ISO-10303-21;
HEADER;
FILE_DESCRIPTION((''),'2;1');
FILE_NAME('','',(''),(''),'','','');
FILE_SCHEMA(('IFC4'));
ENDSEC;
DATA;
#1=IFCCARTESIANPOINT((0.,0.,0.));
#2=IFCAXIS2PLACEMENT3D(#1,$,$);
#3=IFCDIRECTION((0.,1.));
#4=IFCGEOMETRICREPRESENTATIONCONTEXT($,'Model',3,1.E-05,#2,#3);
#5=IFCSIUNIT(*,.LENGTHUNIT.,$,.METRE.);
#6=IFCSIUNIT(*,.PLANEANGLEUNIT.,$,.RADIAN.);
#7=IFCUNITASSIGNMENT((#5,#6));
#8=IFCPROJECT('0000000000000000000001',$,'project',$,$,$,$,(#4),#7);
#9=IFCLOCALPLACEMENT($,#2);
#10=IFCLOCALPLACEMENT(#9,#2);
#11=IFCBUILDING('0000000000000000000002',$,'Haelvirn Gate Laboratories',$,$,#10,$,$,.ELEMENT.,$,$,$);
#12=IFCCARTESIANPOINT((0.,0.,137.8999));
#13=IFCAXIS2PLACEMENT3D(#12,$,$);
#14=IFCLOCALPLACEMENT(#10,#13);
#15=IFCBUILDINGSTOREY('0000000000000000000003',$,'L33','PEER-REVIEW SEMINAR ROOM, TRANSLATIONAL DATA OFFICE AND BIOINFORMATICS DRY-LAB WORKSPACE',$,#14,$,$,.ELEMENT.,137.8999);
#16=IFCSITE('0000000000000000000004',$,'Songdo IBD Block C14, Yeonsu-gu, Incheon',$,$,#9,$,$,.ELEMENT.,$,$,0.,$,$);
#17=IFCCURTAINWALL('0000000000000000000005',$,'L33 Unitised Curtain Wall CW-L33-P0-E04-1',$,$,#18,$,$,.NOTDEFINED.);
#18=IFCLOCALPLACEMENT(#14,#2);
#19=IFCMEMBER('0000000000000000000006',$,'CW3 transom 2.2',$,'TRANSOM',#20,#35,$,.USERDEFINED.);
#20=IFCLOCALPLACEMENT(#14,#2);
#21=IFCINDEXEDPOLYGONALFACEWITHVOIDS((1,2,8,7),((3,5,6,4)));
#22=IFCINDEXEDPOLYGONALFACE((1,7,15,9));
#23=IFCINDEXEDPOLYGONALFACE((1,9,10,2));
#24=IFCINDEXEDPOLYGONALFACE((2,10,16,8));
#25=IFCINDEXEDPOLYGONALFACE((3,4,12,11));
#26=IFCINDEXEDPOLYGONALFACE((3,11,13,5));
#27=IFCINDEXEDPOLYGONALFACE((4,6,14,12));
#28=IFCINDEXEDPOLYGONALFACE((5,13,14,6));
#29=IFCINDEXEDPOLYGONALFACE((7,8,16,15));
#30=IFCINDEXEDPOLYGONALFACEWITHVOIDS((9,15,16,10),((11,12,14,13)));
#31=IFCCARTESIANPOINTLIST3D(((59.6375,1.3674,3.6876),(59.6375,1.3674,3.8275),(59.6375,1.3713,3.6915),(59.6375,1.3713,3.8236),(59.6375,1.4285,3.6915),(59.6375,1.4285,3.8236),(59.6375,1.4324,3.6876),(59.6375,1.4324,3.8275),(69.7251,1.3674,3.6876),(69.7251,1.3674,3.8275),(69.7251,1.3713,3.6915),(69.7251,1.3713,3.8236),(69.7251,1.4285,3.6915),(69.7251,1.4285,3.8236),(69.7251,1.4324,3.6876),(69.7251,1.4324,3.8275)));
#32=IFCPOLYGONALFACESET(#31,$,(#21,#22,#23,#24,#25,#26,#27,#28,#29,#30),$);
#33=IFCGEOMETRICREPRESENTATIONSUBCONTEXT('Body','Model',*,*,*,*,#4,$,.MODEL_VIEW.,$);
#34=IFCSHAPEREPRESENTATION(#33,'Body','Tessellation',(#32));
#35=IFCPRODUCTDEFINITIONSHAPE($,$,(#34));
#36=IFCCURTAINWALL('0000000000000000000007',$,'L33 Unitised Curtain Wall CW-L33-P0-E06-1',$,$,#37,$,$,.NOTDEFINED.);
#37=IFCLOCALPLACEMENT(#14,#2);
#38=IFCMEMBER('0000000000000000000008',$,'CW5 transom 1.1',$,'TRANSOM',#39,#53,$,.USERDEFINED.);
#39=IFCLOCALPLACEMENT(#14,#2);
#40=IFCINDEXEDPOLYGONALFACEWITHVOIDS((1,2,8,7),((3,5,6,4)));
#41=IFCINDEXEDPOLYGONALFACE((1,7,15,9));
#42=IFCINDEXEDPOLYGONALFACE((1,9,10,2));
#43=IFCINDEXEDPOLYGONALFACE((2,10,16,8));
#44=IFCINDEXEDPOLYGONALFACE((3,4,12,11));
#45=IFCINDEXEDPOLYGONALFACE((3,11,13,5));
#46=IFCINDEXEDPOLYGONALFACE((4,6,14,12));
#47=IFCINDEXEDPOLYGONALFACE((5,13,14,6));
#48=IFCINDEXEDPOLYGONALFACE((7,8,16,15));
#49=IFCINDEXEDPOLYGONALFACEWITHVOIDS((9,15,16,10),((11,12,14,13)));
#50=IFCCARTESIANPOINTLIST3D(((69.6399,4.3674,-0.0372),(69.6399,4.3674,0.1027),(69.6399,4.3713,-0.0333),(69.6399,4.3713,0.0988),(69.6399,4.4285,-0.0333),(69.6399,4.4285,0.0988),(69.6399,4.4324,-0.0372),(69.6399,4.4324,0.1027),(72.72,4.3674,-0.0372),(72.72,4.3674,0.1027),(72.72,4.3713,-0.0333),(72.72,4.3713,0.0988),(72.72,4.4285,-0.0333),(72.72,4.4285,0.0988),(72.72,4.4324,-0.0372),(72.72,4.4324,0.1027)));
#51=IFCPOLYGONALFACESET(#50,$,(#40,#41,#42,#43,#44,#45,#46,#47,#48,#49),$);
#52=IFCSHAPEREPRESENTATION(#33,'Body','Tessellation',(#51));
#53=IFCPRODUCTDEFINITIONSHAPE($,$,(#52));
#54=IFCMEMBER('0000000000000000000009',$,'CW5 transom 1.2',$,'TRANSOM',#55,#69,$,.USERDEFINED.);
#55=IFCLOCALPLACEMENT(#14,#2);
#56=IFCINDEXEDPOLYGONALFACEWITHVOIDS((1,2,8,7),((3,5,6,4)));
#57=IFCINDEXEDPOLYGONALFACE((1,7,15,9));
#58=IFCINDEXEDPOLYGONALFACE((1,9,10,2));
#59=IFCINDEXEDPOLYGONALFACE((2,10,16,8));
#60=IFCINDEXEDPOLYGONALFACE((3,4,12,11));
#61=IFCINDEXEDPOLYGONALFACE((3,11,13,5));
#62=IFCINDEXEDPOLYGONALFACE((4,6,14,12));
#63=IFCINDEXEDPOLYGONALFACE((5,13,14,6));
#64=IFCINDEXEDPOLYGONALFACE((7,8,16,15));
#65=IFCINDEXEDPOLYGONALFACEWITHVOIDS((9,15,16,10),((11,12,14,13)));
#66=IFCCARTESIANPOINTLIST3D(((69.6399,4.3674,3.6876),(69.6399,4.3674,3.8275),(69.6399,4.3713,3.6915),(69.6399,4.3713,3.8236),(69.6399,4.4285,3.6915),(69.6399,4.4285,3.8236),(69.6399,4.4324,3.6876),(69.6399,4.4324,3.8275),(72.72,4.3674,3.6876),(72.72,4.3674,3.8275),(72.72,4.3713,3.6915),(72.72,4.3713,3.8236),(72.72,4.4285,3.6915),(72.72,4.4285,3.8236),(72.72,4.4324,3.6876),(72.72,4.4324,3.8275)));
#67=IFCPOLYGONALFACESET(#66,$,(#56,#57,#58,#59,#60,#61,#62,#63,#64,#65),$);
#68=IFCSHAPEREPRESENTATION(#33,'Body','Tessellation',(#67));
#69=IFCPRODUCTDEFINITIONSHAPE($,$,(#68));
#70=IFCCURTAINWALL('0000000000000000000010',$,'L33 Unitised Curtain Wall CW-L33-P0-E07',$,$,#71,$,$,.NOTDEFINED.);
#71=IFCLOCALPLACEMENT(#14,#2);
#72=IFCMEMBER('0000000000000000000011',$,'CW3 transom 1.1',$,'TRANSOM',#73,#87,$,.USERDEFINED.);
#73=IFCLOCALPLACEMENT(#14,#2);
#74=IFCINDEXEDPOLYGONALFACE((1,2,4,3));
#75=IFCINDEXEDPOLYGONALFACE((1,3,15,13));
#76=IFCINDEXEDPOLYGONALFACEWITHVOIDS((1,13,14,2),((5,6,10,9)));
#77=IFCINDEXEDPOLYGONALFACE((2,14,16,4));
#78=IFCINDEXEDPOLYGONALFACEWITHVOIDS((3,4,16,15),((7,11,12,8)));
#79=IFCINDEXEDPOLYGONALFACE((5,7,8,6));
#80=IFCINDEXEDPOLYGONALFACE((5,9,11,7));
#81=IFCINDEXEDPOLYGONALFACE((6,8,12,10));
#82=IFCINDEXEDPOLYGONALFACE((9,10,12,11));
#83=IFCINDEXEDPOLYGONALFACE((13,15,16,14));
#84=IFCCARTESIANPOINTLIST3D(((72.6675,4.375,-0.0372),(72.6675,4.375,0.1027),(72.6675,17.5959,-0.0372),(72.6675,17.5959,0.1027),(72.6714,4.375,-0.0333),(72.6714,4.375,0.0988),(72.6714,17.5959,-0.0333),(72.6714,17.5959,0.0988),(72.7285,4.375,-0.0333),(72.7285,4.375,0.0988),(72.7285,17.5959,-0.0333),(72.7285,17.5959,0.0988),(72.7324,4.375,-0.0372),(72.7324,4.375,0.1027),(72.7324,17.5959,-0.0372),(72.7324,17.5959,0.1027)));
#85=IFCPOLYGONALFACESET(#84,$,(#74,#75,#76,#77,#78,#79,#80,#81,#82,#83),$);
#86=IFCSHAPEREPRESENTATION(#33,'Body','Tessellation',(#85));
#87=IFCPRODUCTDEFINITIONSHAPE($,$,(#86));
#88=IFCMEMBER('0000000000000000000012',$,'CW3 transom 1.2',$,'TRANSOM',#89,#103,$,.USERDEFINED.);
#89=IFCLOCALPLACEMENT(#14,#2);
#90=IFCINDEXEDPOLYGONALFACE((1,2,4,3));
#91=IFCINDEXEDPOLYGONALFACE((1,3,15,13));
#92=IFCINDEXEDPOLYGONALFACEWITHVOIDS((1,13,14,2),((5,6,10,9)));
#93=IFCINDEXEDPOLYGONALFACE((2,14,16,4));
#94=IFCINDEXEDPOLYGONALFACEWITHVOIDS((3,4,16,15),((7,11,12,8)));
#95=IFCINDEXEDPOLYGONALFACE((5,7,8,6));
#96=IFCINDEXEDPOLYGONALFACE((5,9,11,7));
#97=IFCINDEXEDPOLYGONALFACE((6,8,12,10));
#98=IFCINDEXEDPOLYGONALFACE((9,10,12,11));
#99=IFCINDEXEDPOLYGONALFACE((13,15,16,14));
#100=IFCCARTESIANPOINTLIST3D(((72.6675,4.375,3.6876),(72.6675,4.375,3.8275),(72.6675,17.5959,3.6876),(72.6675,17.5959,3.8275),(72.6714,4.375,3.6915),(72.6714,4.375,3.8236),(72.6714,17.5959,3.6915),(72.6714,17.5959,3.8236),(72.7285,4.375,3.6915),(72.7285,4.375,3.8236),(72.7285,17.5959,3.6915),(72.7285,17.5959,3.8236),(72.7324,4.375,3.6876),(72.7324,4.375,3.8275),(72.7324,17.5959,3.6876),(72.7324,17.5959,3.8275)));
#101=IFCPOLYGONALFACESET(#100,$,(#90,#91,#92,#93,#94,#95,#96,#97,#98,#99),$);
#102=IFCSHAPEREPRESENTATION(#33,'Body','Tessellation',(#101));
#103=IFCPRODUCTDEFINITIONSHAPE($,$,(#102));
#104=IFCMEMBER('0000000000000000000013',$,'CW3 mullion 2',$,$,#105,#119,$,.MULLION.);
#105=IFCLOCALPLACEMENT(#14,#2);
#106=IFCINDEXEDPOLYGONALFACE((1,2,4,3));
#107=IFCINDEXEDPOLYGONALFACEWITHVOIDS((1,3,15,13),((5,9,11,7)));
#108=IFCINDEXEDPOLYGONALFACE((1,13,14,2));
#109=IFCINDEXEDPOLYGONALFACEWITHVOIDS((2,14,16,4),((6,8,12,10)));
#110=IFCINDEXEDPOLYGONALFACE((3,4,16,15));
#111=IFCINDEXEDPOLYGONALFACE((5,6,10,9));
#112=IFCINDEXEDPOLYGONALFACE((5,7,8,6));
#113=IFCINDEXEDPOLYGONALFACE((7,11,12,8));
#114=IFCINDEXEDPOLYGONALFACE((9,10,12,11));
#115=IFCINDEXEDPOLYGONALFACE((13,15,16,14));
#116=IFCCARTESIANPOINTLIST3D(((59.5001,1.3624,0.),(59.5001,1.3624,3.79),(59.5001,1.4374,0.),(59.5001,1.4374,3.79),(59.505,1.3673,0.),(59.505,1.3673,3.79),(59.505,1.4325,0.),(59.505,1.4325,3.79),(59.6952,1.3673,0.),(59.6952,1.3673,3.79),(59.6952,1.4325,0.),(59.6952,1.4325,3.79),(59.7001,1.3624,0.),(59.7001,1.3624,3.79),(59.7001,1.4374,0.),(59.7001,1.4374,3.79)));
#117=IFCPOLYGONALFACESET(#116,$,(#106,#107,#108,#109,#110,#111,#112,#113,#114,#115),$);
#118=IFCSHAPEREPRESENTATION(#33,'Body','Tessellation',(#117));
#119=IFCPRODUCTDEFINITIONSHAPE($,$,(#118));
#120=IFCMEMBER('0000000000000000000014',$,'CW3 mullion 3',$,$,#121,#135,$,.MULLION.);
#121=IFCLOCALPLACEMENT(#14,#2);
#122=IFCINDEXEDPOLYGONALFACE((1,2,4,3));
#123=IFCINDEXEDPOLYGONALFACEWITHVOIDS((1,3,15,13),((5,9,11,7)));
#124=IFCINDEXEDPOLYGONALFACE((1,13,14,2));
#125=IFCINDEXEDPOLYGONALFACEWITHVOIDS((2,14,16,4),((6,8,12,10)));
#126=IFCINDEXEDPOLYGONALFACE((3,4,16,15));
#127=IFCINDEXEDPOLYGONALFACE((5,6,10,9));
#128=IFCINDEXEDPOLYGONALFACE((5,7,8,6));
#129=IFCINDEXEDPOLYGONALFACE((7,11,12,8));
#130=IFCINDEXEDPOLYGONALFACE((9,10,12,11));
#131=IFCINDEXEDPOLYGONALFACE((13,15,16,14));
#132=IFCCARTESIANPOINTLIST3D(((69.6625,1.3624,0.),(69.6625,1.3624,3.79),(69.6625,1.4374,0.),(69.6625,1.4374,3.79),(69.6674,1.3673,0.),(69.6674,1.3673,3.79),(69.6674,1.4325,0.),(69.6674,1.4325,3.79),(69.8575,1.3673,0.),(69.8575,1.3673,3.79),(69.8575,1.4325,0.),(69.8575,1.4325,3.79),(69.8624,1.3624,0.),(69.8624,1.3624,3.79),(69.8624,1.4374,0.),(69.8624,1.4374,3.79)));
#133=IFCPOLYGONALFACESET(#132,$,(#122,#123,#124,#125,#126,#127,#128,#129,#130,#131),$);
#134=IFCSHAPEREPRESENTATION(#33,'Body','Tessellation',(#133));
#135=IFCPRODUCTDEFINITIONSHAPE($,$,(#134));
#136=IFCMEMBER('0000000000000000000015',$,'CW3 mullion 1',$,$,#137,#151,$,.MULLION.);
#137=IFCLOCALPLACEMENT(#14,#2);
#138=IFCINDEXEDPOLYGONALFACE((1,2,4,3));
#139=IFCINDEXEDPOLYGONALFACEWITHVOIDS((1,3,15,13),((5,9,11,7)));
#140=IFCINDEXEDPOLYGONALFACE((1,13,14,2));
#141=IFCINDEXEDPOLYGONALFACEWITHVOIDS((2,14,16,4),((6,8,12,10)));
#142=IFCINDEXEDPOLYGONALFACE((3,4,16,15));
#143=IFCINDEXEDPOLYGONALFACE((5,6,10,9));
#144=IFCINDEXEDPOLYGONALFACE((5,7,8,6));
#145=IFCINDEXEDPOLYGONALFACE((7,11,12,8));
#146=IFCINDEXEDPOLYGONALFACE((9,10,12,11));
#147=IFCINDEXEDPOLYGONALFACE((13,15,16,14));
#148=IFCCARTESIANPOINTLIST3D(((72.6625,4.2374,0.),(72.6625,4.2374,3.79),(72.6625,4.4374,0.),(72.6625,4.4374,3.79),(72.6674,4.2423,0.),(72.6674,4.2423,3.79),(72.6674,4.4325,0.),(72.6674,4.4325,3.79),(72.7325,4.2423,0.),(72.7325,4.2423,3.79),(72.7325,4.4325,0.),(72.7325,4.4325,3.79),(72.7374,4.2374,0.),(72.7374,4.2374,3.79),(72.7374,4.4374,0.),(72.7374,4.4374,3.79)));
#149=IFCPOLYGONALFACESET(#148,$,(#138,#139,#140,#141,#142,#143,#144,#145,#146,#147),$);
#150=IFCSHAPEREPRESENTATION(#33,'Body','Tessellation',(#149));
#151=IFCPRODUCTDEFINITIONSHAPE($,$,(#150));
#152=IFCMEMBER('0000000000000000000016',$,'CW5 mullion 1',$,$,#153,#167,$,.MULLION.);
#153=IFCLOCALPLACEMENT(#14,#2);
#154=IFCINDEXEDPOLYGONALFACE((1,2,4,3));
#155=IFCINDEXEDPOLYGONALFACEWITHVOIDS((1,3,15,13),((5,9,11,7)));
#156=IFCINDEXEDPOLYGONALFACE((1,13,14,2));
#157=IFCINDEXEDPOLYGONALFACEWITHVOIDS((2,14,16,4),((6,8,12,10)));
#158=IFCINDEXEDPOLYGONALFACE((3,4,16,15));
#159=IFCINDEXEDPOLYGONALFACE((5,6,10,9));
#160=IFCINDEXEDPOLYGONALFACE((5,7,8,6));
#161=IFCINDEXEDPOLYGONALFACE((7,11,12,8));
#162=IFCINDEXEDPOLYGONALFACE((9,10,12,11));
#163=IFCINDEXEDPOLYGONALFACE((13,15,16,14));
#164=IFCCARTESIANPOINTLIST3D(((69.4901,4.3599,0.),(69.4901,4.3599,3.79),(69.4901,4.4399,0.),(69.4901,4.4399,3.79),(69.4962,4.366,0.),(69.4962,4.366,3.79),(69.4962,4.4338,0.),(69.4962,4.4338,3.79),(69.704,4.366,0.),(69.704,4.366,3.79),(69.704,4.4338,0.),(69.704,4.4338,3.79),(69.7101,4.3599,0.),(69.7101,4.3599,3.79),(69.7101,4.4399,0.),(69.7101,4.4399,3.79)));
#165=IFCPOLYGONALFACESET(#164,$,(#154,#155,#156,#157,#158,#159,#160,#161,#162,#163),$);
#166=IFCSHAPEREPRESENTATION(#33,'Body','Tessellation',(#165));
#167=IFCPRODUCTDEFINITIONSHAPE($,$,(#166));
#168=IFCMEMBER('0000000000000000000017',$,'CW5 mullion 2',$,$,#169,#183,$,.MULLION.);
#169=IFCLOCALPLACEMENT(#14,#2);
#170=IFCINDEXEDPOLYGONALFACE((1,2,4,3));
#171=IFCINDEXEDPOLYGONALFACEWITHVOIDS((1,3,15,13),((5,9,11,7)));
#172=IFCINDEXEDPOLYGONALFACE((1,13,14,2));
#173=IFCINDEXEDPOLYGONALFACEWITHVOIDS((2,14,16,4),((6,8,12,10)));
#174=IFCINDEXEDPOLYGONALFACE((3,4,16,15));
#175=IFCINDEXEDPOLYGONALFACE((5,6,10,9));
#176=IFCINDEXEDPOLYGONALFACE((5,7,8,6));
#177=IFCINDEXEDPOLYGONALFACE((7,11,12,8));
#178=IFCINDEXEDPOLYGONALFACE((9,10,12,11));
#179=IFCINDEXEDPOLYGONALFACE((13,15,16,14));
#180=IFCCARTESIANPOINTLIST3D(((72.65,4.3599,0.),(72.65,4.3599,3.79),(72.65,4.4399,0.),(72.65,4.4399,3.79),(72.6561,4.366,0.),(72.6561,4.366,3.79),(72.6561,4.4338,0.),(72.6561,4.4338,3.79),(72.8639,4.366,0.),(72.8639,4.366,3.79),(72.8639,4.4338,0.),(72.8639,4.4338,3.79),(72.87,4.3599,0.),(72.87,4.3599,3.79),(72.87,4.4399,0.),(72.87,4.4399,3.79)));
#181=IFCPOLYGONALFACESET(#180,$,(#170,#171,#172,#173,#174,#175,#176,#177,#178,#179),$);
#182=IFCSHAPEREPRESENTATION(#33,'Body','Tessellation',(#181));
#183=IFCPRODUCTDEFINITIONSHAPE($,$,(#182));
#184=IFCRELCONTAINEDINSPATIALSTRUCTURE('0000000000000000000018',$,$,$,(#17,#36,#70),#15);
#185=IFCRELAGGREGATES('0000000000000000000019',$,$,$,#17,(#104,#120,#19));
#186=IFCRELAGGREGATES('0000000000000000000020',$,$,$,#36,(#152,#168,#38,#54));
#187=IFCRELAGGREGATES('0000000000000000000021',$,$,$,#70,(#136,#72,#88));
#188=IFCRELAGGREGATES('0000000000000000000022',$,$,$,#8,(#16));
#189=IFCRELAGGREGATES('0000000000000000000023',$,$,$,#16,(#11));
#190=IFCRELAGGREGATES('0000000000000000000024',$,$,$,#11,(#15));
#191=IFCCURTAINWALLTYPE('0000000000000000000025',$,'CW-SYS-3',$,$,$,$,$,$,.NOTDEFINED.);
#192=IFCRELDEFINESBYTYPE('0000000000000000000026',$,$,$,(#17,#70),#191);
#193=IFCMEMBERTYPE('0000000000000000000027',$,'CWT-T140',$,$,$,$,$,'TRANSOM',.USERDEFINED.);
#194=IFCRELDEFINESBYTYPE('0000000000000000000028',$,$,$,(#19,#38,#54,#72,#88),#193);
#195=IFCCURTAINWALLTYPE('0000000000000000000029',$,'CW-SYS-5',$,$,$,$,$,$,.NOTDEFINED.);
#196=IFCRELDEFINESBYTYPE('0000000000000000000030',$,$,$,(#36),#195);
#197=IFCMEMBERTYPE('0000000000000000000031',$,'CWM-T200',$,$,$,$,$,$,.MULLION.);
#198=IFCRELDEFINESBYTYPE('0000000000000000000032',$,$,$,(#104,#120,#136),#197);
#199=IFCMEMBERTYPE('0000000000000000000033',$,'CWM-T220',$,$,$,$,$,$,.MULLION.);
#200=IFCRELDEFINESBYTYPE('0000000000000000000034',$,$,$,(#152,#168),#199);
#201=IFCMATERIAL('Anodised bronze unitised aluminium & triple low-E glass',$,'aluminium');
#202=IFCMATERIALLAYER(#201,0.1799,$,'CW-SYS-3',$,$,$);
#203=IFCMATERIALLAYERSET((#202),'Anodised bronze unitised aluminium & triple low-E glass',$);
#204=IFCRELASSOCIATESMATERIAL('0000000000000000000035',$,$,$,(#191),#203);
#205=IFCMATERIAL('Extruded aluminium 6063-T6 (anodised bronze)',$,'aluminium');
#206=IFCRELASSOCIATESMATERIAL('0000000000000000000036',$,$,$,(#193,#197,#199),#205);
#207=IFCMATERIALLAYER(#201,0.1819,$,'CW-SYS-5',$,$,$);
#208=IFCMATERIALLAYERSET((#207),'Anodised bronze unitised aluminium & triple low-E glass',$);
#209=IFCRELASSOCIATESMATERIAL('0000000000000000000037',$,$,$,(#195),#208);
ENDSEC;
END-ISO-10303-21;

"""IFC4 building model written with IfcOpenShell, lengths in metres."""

from ifc_helpers import new_model, si_unit, direction, frame, origin, origin_2d, place, context, subcontext, project, spatial, hollow_rectangle, extrude, source, transform, mapped, material, layer, layer_set, material_profile, profile_set, type_object, type_shapes, element, aggregate, save


model = new_model("IFC4")

# Units and contexts
model_context = context("Model", 3, precision=1e-05, world=origin(), true_north=direction((0.0, 1.0)))
body_context = subcontext(model_context, "Body", "Model", "MODEL_VIEW")
ifc_project = project(units=[si_unit("LENGTHUNIT", "METRE"), si_unit("PLANEANGLEUNIT", "RADIAN")], contexts=[model_context])

# Site, building, storey
site_placement = place(None, origin())
site = spatial("IfcSite", under=ifc_project, at=site_placement, Name="Songdo IBD Block C14, Yeonsu-gu, Incheon", CompositionType="ELEMENT", RefElevation=0.0)
building_placement = place(site_placement, origin())
building = spatial("IfcBuilding", under=site, at=building_placement, Name="Haelvirn Gate Laboratories", CompositionType="ELEMENT")
storey_placement = place(building_placement, frame((0.0, 0.0, 137.8999)))
storey = spatial("IfcBuildingStorey", under=building, at=storey_placement, Name="L33", Description="PEER-REVIEW SEMINAR ROOM, TRANSLATIONAL DATA OFFICE AND BIOINFORMATICS DRY-LAB WORKSPACE", CompositionType="ELEMENT", Elevation=137.8999)

# Curtain walls, members
ifc_material_1 = material(Name="Anodised bronze unitised aluminium & triple low-E glass", Category="aluminium")
ifc_layer_1 = layer(ifc_material_1, 0.1799, Name="CW-SYS-3")
ifc_layer_set_1 = layer_set([ifc_layer_1], Name="Anodised bronze unitised aluminium & triple low-E glass")
curtain_wall_type_1 = type_object("IfcCurtainWallType", Name="CW-SYS-3", PredefinedType="NOTDEFINED", material=ifc_layer_set_1)
curtain_wall_1_placement = place(storey_placement, origin())
curtain_wall_1 = element("IfcCurtainWall", 1, at=curtain_wall_1_placement, inside=storey, type_object=curtain_wall_type_1, Name="L33 Unitised Curtain Wall CW-L33-P0-E04-1", PredefinedType="NOTDEFINED")
ifc_material_2 = material(Name="Extruded aluminium 6063-T6 (anodised bronze)", Category="aluminium")
ifc_material_profile_1 = material_profile(ifc_material_2, hollow_rectangle(XDim=0.0649, YDim=0.1399, WallThickness=0.0039, at=origin_2d()), Name="CWT-140x65x4")
ifc_profile_set_1 = profile_set([ifc_material_profile_1], Name="Extruded aluminium 6063-T6 (anodised bronze)")
member_type_1 = type_object("IfcMemberType", Name="CWT-T140", ElementType="TRANSOM", PredefinedType="USERDEFINED", material=ifc_profile_set_1)
shared_shape_1 = source(origin(), body_context, "Body", "SweptSolid", [
    extrude(hollow_rectangle(XDim=0.0649, YDim=0.1399, WallThickness=0.0039, at=origin_2d()), origin(), (0.0, 0.0, 1.0), 10.0876),
])
member_1_placement = place(storey_placement, frame((59.6375, 1.3999, 3.7576), z_axis=(1.0, 0.0, 0.0), x_axis=(0.0, 1.0, 0.0)))
member_1 = element("IfcMember", 2, at=member_1_placement, type_object=member_type_1, Name="CW3 transom 2.2", ObjectType="TRANSOM", PredefinedType="USERDEFINED", context=body_context, shape_type="MappedRepresentation", body=[
    mapped(shared_shape_1, transform((0.0, 0.0, 0.0), scale=1.0)),
])
ifc_layer_2 = layer(ifc_material_1, 0.1819, Name="CW-SYS-5")
ifc_layer_set_2 = layer_set([ifc_layer_2], Name="Anodised bronze unitised aluminium & triple low-E glass")
curtain_wall_type_2 = type_object("IfcCurtainWallType", Name="CW-SYS-5", PredefinedType="NOTDEFINED", material=ifc_layer_set_2)
curtain_wall_2_placement = place(storey_placement, origin())
curtain_wall_2 = element("IfcCurtainWall", 3, at=curtain_wall_2_placement, inside=storey, type_object=curtain_wall_type_2, Name="L33 Unitised Curtain Wall CW-L33-P0-E06-1", PredefinedType="NOTDEFINED")
shared_shape_2 = source(origin(), body_context, "Body", "SweptSolid", [
    extrude(hollow_rectangle(XDim=0.0649, YDim=0.1399, WallThickness=0.0039, at=origin_2d()), origin(), (0.0, 0.0, 1.0), 3.0801),
])
member_2_placement = place(storey_placement, frame((69.6399, 4.3999, 0.0327), z_axis=(1.0, 0.0, 0.0), x_axis=(0.0, 1.0, 0.0)))
member_2 = element("IfcMember", 4, at=member_2_placement, type_object=member_type_1, Name="CW5 transom 1.1", ObjectType="TRANSOM", PredefinedType="USERDEFINED", context=body_context, shape_type="MappedRepresentation", body=[
    mapped(shared_shape_2, transform((0.0, 0.0, 0.0), scale=1.0)),
])
member_3_placement = place(storey_placement, frame((69.6399, 4.3999, 3.7576), z_axis=(1.0, 0.0, 0.0), x_axis=(0.0, 1.0, 0.0)))
member_3 = element("IfcMember", 5, at=member_3_placement, type_object=member_type_1, Name="CW5 transom 1.2", ObjectType="TRANSOM", PredefinedType="USERDEFINED", context=body_context, shape_type="MappedRepresentation", body=[
    mapped(shared_shape_2, transform((0.0, 0.0, 0.0), scale=1.0)),
])
curtain_wall_3_placement = place(storey_placement, origin())
curtain_wall_3 = element("IfcCurtainWall", 6, at=curtain_wall_3_placement, inside=storey, type_object=curtain_wall_type_1, Name="L33 Unitised Curtain Wall CW-L33-P0-E07", PredefinedType="NOTDEFINED")
shared_shape_3 = source(origin(), body_context, "Body", "SweptSolid", [
    extrude(hollow_rectangle(XDim=0.0649, YDim=0.1399, WallThickness=0.0039, at=origin_2d()), origin(), (0.0, 0.0, 1.0), 13.2209),
])
type_shapes(member_type_1, [shared_shape_1, shared_shape_2, shared_shape_3])
member_4_placement = place(storey_placement, frame((72.7, 4.375, 0.0327), z_axis=(0.0, 1.0, 0.0), x_axis=(-1.0, 0.0, 0.0)))
member_4 = element("IfcMember", 7, at=member_4_placement, type_object=member_type_1, Name="CW3 transom 1.1", ObjectType="TRANSOM", PredefinedType="USERDEFINED", context=body_context, shape_type="MappedRepresentation", body=[
    mapped(shared_shape_3, transform((0.0, 0.0, 0.0), scale=1.0)),
])
member_5_placement = place(storey_placement, frame((72.7, 4.375, 3.7576), z_axis=(0.0, 1.0, 0.0), x_axis=(-1.0, 0.0, 0.0)))
member_5 = element("IfcMember", 8, at=member_5_placement, type_object=member_type_1, Name="CW3 transom 1.2", ObjectType="TRANSOM", PredefinedType="USERDEFINED", context=body_context, shape_type="MappedRepresentation", body=[
    mapped(shared_shape_3, transform((0.0, 0.0, 0.0), scale=1.0)),
])

# Members
ifc_material_profile_2 = material_profile(ifc_material_2, hollow_rectangle(XDim=0.075, YDim=0.2, WallThickness=0.0049, at=origin_2d()), Name="CWM-200x75x5")
ifc_profile_set_2 = profile_set([ifc_material_profile_2], Name="Extruded aluminium 6063-T6 (anodised bronze)")
member_type_2 = type_object("IfcMemberType", Name="CWM-T200", PredefinedType="MULLION", material=ifc_profile_set_2)
shared_shape_4 = source(origin(), body_context, "Body", "SweptSolid", [
    extrude(hollow_rectangle(XDim=0.075, YDim=0.2, WallThickness=0.0049, at=origin_2d()), origin(), (0.0, 0.0, 1.0), 3.79),
])
type_shapes(member_type_2, [shared_shape_4])
member_6_placement = place(storey_placement, frame((59.6001, 1.3999, 0.0), z_axis=(0.0, 0.0, 1.0), x_axis=(0.0, 1.0, 0.0)))
member_6 = element("IfcMember", 9, at=member_6_placement, type_object=member_type_2, Name="CW3 mullion 2", PredefinedType="MULLION", context=body_context, shape_type="MappedRepresentation", body=[
    mapped(shared_shape_4, transform((0.0, 0.0, 0.0), scale=1.0)),
])
member_7_placement = place(storey_placement, frame((69.7625, 1.3999, 0.0), z_axis=(0.0, 0.0, 1.0), x_axis=(0.0, 1.0, 0.0)))
member_7 = element("IfcMember", 10, at=member_7_placement, type_object=member_type_2, Name="CW3 mullion 3", PredefinedType="MULLION", context=body_context, shape_type="MappedRepresentation", body=[
    mapped(shared_shape_4, transform((0.0, 0.0, 0.0), scale=1.0)),
])
member_8_placement = place(storey_placement, frame((72.7, 4.3374, 0.0), z_axis=(0.0, 0.0, 1.0), x_axis=(-1.0, 0.0, 0.0)))
member_8 = element("IfcMember", 11, at=member_8_placement, type_object=member_type_2, Name="CW3 mullion 1", PredefinedType="MULLION", context=body_context, shape_type="MappedRepresentation", body=[
    mapped(shared_shape_4, transform((0.0, 0.0, 0.0), scale=1.0)),
])
ifc_material_profile_3 = material_profile(ifc_material_2, hollow_rectangle(XDim=0.0801, YDim=0.22, WallThickness=0.0061, at=origin_2d()), Name="CWM-220x80x6")
ifc_profile_set_3 = profile_set([ifc_material_profile_3], Name="Extruded aluminium 6063-T6 (anodised bronze)")
member_type_3 = type_object("IfcMemberType", Name="CWM-T220", PredefinedType="MULLION", material=ifc_profile_set_3)
shared_shape_5 = source(origin(), body_context, "Body", "SweptSolid", [
    extrude(hollow_rectangle(XDim=0.0801, YDim=0.22, WallThickness=0.0061, at=origin_2d()), origin(), (0.0, 0.0, 1.0), 3.79),
])
type_shapes(member_type_3, [shared_shape_5])
member_9_placement = place(storey_placement, frame((69.6001, 4.3999, 0.0), z_axis=(0.0, 0.0, 1.0), x_axis=(0.0, 1.0, 0.0)))
member_9 = element("IfcMember", 12, at=member_9_placement, type_object=member_type_3, Name="CW5 mullion 1", PredefinedType="MULLION", context=body_context, shape_type="MappedRepresentation", body=[
    mapped(shared_shape_5, transform((0.0, 0.0, 0.0), scale=1.0)),
])
member_10_placement = place(storey_placement, frame((72.76, 4.3999, 0.0), z_axis=(0.0, 0.0, 1.0), x_axis=(0.0, 1.0, 0.0)))
member_10 = element("IfcMember", 13, at=member_10_placement, type_object=member_type_3, Name="CW5 mullion 2", PredefinedType="MULLION", context=body_context, shape_type="MappedRepresentation", body=[
    mapped(shared_shape_5, transform((0.0, 0.0, 0.0), scale=1.0)),
])

aggregate(curtain_wall_1, [member_6, member_7, member_1])
aggregate(curtain_wall_2, [member_9, member_10, member_2, member_3])
aggregate(curtain_wall_3, [member_8, member_4, member_5])

save(model, "model.ifc")
